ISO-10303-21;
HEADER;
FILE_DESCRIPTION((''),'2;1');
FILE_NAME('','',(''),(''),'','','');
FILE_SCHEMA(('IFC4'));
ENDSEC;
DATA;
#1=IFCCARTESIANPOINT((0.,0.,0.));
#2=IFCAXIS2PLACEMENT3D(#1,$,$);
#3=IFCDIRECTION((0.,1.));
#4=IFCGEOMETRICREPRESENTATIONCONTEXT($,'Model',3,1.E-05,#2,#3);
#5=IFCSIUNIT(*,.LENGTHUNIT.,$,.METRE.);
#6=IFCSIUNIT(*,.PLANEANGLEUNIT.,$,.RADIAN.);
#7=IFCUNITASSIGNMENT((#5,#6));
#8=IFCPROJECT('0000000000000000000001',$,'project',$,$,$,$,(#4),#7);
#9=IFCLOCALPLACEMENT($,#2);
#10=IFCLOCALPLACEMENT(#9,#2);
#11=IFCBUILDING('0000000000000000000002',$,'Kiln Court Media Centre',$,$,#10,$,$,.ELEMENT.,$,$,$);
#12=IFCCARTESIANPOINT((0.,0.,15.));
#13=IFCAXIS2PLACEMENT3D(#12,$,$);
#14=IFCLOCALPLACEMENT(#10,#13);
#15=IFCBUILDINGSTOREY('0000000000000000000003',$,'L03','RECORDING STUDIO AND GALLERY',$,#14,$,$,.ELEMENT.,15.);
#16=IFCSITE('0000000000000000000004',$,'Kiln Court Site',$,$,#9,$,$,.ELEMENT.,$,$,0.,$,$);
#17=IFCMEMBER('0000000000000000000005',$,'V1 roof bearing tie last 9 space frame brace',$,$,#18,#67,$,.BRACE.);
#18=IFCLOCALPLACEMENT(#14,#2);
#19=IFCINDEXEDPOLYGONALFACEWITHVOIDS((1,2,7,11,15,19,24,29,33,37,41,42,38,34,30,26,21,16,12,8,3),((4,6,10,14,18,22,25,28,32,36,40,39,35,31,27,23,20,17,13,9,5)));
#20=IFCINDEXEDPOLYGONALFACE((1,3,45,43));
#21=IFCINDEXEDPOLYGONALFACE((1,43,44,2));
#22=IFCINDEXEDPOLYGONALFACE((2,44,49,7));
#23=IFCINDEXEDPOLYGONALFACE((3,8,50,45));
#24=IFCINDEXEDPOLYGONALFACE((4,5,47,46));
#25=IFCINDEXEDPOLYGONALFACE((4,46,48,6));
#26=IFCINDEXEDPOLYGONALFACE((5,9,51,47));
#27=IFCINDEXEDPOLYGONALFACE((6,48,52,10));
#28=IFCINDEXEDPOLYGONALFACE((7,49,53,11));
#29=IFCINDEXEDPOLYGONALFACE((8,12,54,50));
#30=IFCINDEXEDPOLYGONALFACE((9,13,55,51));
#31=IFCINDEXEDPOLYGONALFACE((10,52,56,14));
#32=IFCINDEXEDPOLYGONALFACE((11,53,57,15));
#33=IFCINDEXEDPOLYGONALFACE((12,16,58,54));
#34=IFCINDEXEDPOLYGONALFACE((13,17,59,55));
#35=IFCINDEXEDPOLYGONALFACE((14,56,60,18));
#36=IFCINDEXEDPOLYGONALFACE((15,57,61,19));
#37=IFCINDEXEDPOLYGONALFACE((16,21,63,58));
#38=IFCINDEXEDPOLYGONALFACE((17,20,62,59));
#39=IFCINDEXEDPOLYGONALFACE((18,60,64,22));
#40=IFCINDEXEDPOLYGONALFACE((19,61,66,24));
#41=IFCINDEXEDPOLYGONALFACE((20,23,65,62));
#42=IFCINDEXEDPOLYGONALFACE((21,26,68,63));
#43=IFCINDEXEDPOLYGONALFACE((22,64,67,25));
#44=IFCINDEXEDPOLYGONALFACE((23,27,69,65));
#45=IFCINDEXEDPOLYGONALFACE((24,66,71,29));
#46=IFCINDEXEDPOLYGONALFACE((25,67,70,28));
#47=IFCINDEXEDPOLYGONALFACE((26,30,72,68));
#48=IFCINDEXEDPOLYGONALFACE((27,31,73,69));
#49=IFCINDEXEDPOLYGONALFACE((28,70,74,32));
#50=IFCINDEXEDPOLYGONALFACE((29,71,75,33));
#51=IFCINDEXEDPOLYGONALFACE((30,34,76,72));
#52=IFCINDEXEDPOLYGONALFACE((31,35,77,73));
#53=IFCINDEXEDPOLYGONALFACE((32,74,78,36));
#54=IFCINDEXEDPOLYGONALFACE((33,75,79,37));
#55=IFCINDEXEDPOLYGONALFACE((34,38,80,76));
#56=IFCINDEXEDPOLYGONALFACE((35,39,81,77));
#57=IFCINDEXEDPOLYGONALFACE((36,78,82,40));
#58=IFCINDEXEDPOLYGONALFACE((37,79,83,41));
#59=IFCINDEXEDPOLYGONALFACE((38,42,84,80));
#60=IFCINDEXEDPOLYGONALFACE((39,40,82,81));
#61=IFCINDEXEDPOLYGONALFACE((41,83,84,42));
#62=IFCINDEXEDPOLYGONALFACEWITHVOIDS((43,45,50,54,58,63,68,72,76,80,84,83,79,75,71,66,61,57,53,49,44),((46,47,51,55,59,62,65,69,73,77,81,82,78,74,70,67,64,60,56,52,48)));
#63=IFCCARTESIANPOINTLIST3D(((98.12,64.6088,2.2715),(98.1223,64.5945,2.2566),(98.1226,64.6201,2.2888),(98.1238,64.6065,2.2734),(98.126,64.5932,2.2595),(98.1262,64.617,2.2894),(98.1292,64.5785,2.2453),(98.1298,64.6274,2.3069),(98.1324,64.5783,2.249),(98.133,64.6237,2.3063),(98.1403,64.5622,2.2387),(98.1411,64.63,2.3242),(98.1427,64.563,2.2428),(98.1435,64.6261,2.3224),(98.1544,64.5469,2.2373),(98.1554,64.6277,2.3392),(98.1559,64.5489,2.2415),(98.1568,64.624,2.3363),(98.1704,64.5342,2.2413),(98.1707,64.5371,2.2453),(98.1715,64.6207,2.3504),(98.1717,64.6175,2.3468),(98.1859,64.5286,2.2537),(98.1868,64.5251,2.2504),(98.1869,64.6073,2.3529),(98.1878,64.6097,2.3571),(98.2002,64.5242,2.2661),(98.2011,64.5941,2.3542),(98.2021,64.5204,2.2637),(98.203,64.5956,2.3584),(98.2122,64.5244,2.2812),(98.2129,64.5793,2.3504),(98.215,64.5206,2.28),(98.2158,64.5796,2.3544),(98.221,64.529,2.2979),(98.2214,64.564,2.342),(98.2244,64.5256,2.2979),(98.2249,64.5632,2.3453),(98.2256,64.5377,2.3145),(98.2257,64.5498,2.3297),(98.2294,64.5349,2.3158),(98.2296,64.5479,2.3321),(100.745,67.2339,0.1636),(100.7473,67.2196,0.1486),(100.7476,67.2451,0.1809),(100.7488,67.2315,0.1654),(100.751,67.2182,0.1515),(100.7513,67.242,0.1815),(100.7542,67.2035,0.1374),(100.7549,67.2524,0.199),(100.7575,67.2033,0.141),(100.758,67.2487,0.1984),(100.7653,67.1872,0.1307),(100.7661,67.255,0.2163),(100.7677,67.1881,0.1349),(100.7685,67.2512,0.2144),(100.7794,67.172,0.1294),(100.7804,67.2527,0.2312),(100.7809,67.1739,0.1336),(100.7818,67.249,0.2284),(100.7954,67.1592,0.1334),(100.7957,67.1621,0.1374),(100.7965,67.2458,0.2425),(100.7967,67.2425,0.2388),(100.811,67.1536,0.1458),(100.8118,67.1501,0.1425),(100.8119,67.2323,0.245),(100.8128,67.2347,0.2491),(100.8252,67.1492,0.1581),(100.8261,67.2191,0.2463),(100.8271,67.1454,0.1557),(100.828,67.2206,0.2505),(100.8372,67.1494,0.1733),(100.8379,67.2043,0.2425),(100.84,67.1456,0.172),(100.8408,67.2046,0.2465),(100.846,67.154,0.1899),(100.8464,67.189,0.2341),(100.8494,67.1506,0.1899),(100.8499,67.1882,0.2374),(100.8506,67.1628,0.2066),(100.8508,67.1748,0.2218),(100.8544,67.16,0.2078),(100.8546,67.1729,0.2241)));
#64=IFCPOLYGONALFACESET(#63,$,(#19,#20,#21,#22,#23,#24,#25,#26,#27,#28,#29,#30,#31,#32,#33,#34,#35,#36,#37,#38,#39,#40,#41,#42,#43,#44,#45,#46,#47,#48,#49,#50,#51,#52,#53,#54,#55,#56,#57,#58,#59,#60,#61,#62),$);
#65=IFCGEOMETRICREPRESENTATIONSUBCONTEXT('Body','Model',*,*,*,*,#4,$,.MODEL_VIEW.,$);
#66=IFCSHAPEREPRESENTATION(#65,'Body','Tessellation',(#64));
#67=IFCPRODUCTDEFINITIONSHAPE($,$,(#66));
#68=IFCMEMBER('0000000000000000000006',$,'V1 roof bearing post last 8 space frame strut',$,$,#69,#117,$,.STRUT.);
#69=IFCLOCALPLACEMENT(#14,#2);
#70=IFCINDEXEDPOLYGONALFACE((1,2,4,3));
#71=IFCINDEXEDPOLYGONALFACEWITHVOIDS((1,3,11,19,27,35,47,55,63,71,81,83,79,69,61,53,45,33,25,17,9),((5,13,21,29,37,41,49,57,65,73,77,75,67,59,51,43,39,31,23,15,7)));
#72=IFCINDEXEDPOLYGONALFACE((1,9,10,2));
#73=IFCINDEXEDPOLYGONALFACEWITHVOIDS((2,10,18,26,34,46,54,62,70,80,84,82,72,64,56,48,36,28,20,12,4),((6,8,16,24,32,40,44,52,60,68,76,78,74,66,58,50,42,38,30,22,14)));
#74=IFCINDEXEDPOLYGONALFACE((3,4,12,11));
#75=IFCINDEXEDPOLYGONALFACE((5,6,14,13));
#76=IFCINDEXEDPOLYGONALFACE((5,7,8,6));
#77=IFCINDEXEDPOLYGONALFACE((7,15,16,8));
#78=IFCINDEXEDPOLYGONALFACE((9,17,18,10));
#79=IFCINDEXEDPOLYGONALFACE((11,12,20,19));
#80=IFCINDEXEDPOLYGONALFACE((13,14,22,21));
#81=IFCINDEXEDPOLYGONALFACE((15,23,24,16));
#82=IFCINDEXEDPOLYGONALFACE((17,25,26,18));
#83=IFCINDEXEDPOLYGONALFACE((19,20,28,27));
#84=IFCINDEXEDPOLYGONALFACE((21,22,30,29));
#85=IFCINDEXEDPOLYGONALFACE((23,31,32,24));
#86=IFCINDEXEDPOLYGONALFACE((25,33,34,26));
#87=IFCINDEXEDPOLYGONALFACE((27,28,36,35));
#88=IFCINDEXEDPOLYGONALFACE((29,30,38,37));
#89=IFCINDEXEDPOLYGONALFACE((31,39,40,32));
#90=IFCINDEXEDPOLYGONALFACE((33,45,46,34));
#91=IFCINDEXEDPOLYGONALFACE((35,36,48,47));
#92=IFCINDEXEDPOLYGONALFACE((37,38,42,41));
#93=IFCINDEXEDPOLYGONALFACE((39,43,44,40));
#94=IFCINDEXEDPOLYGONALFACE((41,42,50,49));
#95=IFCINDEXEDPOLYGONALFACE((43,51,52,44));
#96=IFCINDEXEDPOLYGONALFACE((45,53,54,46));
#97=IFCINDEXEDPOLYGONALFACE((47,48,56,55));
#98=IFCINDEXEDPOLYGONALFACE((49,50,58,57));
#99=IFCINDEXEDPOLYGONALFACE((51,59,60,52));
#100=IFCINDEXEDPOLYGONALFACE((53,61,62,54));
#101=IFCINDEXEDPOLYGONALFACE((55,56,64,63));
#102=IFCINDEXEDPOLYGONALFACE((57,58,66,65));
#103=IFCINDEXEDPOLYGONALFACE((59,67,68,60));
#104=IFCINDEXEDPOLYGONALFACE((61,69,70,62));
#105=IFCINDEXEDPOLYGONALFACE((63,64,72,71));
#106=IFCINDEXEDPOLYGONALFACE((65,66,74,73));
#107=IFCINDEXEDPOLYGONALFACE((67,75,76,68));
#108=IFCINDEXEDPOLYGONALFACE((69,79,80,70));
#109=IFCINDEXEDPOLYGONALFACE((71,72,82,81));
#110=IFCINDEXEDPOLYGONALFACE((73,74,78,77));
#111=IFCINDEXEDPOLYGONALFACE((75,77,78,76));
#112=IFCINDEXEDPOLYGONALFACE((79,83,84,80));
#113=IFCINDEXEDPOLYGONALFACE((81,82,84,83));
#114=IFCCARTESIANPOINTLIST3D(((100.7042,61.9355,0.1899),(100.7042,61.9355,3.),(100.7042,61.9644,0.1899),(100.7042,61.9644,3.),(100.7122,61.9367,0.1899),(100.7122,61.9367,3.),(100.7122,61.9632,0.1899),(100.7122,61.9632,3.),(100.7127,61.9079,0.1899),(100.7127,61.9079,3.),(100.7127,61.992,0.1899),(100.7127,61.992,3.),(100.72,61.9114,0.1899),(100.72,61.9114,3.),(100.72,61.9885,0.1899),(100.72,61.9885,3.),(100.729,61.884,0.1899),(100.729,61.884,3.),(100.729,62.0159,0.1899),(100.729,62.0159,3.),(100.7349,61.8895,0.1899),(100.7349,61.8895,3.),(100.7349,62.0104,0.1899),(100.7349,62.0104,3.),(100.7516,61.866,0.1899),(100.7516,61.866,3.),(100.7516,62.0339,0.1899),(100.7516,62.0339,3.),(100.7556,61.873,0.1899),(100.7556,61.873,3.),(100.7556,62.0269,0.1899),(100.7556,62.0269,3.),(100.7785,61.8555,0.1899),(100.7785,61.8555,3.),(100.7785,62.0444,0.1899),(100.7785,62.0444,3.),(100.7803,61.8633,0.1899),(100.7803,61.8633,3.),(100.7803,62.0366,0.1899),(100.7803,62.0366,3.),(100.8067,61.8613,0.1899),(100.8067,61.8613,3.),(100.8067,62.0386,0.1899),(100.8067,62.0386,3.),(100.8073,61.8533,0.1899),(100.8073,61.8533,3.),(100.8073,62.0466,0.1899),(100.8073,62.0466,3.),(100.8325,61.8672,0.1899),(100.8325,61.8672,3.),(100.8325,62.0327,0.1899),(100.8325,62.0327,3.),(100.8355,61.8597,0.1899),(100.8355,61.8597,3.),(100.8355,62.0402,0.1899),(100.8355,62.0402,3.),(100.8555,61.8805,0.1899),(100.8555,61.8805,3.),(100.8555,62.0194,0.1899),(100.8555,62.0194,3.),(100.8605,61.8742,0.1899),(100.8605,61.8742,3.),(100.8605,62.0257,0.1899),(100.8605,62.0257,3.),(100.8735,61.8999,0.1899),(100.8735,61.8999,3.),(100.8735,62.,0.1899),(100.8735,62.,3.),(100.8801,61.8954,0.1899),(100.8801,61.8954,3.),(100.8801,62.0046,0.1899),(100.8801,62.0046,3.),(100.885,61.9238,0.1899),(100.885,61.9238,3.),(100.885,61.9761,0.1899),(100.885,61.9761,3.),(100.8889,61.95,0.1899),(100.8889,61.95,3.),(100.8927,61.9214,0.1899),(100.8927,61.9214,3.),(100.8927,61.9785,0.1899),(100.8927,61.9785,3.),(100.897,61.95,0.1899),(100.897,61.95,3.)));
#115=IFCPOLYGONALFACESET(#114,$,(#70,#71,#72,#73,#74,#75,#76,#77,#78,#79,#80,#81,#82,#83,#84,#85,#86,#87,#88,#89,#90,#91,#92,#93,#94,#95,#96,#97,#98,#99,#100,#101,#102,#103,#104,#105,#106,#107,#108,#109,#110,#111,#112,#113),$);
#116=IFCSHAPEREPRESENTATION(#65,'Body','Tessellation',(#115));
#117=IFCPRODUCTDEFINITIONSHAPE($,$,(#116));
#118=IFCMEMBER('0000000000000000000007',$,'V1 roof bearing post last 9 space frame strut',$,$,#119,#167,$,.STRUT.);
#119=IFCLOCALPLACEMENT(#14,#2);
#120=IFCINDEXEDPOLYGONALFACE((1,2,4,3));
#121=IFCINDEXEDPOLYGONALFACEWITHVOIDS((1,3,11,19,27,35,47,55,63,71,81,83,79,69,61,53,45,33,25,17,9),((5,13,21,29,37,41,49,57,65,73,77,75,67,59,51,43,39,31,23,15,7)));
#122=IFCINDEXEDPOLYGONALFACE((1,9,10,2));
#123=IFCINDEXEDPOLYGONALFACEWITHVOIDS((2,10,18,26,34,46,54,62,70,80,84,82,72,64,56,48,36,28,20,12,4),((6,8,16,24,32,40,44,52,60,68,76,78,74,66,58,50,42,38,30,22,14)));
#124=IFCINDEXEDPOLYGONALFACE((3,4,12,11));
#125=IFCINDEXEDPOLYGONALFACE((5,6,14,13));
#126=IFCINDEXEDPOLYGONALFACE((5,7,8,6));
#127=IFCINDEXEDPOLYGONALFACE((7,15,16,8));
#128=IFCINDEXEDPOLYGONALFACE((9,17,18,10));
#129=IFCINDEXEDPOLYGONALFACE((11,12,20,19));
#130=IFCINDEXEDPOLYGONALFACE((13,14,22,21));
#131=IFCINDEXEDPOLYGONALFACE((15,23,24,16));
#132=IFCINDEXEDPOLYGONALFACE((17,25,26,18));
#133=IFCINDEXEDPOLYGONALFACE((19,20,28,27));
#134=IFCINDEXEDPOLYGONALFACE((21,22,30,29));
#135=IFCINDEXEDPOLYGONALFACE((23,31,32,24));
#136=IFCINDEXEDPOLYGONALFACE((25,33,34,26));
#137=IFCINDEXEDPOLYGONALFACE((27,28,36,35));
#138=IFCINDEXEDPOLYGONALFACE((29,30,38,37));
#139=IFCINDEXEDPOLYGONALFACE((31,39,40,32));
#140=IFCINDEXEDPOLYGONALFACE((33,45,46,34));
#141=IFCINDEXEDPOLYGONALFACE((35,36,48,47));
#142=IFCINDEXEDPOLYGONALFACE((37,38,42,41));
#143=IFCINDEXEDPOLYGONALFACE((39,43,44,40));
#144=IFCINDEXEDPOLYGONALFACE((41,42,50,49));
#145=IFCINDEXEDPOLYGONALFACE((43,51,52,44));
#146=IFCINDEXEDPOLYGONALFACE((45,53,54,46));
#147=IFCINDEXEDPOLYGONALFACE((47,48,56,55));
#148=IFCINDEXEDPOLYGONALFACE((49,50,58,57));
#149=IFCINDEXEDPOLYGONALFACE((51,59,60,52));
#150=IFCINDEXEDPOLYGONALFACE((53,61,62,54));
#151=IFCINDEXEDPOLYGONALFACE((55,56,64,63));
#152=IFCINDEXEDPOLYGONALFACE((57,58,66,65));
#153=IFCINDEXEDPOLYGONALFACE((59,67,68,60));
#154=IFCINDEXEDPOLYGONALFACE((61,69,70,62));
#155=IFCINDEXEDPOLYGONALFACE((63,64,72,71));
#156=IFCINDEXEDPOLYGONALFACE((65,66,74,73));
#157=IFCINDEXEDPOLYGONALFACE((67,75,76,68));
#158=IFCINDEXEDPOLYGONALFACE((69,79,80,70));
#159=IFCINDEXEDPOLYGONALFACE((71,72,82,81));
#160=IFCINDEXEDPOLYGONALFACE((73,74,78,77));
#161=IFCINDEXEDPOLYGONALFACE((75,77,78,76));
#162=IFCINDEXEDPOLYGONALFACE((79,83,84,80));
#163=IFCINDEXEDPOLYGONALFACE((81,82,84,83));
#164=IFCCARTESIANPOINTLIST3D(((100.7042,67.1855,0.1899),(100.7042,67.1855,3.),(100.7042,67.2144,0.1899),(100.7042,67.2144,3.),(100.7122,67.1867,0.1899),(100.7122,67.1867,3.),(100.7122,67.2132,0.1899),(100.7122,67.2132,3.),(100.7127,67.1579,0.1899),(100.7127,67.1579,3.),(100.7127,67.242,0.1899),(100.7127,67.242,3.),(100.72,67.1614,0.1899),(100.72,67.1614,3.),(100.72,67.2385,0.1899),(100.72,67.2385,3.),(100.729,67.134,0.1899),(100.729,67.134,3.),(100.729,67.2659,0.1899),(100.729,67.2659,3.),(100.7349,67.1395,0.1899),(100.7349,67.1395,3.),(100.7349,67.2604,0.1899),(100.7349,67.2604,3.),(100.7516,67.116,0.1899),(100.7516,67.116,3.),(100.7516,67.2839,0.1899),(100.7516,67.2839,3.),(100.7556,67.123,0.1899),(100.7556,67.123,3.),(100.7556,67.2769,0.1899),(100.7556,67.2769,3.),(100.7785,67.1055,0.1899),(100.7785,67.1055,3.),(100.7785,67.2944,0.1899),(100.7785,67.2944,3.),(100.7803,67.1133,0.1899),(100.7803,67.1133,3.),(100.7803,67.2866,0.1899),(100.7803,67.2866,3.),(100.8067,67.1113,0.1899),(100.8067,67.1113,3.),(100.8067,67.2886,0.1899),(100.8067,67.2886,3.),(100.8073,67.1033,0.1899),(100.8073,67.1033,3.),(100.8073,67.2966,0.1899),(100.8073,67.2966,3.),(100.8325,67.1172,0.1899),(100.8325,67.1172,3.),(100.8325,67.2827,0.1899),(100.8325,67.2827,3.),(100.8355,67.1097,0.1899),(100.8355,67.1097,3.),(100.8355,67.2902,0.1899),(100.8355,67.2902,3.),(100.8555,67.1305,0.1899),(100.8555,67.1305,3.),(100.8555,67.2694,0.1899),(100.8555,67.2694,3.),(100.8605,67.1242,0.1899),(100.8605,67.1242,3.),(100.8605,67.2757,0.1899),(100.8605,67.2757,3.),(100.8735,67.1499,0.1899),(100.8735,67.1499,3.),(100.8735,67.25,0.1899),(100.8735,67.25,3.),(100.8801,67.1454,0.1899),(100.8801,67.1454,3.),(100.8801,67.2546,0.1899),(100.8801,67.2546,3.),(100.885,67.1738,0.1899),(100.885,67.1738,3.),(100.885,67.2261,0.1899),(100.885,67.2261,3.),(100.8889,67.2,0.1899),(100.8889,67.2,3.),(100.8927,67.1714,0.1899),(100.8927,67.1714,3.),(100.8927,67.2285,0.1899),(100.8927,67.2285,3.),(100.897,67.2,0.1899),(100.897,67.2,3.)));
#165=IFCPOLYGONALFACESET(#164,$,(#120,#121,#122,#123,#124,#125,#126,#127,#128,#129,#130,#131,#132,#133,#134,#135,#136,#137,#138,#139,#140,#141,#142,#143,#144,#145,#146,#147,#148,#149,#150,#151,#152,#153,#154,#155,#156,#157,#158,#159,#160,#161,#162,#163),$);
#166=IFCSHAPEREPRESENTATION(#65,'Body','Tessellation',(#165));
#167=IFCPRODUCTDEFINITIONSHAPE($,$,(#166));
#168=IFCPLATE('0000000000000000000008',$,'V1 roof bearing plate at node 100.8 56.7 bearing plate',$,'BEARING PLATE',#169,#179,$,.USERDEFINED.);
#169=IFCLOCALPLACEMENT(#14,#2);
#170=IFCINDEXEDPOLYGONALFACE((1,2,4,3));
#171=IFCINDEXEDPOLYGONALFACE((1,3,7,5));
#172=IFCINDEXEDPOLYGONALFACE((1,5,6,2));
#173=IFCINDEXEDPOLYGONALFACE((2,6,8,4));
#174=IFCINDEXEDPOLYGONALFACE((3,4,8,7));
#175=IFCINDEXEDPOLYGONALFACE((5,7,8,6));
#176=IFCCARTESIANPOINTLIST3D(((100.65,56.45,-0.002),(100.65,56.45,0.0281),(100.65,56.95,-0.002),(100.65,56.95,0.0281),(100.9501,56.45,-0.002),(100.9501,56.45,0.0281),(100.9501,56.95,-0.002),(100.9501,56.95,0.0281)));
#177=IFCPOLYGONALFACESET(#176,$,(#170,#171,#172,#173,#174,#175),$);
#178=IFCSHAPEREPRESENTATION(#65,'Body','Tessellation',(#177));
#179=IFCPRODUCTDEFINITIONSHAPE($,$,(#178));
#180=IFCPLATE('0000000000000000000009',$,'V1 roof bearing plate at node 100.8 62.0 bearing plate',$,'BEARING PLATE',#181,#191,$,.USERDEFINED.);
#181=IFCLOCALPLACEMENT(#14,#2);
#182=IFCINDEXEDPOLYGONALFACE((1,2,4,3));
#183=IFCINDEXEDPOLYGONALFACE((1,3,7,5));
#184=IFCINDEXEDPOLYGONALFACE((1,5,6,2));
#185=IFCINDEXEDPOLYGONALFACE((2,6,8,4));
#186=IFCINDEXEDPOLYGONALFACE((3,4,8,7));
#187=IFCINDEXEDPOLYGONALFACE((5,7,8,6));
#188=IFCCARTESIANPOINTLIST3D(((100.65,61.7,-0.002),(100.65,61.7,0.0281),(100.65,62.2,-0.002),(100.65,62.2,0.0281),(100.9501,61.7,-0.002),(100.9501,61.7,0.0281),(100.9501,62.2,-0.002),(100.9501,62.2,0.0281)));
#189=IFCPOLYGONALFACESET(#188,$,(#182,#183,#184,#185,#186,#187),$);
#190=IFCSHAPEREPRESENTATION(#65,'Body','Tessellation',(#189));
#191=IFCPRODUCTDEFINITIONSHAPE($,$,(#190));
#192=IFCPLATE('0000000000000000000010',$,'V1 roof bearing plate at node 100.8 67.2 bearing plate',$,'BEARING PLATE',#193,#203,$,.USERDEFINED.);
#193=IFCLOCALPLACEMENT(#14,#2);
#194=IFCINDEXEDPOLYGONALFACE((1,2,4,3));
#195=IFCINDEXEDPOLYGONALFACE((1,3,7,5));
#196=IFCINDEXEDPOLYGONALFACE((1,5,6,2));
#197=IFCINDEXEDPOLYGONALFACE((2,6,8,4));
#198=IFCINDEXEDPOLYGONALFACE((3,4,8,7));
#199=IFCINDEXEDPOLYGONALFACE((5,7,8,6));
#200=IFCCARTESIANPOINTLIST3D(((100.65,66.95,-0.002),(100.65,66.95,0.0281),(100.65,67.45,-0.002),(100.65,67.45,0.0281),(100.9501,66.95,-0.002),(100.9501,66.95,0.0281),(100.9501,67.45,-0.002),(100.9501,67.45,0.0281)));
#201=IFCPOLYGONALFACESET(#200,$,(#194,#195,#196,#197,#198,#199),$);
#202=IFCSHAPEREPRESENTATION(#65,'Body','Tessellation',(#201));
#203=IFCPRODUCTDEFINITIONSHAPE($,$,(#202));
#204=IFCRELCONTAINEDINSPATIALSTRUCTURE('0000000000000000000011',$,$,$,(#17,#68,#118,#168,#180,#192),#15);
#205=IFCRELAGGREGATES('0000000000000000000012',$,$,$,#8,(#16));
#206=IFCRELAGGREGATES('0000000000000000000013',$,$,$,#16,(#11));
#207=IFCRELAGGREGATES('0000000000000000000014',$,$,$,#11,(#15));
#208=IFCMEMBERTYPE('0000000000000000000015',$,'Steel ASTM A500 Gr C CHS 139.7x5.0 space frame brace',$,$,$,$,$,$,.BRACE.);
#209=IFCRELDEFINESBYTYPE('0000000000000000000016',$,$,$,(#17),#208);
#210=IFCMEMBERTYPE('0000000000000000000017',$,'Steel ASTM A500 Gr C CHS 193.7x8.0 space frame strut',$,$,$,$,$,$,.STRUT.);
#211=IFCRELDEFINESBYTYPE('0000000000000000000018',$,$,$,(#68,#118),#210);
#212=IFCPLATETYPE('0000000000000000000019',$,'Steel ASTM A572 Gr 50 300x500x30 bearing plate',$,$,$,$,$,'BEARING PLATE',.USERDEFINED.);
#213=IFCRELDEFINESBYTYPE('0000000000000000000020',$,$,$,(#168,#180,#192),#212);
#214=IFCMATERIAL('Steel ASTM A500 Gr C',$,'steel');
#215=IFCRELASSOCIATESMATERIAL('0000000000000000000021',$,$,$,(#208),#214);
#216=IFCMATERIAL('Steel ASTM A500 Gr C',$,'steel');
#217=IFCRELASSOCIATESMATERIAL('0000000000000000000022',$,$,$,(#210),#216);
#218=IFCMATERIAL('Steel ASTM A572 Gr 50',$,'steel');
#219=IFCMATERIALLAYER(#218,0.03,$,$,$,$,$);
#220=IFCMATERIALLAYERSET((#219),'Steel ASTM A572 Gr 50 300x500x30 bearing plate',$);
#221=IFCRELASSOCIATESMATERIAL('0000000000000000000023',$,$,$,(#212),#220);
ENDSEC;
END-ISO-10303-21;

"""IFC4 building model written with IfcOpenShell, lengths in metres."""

from ifc_helpers import new_model, si_unit, direction, frame, origin, origin_2d, place, context, subcontext, project, spatial, rectangle, hollow_circle, extrude, material, layer, layer_set, material_profile, profile_set, type_object, element, save


model = new_model("IFC4")

# Units and contexts
model_context = context("Model", 3, precision=1e-05, world=origin(), true_north=direction((0.0, 1.0)))
body_context = subcontext(model_context, "Body", "Model", "MODEL_VIEW")
ifc_project = project(units=[si_unit("LENGTHUNIT", "METRE"), si_unit("PLANEANGLEUNIT", "RADIAN")], contexts=[model_context])

# Site, building, storey
site_placement = place(None, origin())
site = spatial("IfcSite", under=ifc_project, at=site_placement, Name="Kiln Court Site", CompositionType="ELEMENT", RefElevation=0.0)
building_placement = place(site_placement, origin())
building = spatial("IfcBuilding", under=site, at=building_placement, Name="Kiln Court Media Centre", CompositionType="ELEMENT")
storey_placement = place(building_placement, frame((0.0, 0.0, 15.0)))
storey = spatial("IfcBuildingStorey", under=building, at=storey_placement, Name="L03", Description="RECORDING STUDIO AND GALLERY", CompositionType="ELEMENT", Elevation=15.0)

# Members
ifc_material_1 = material(Name="Steel ASTM A500 Gr C", Category="steel")
ifc_material_profile_1 = material_profile(ifc_material_1, hollow_circle(Radius=0.0698, WallThickness=0.0049, at=origin_2d()), Name="CHS 139.7x5.0")
ifc_profile_set_1 = profile_set([ifc_material_profile_1], Name="Steel ASTM A500 Gr C")
member_type_1 = type_object("IfcMemberType", Name="Steel ASTM A500 Gr C CHS 139.7x5.0 space frame brace", PredefinedType="BRACE", material=ifc_profile_set_1)
for number, where, z_axis, x_axis, name in (
    (1, (100.8, 67.2, 0.1899), (-0.614895, -0.614895, 0.493769), (0.707107, -0.707107, 0.0), "V1 roof bearing tie last 9 space frame brace"),
):
    element("IfcMember", number, at=place(storey_placement, frame(where, z_axis=z_axis, x_axis=x_axis)), inside=storey, type_object=member_type_1, Name=name, PredefinedType="BRACE", context=body_context, shape_type="SweptSolid", body=[
        extrude(hollow_circle(Radius=0.0698, WallThickness=0.0049, at=origin_2d()), origin(), (0.0, 0.0, 1.0), 4.269),
    ])
ifc_material_2 = material(Name="Steel ASTM A500 Gr C", Category="steel")
ifc_material_profile_2 = material_profile(ifc_material_2, hollow_circle(Radius=0.0969, WallThickness=0.0081, at=origin_2d()), Name="CHS 193.7x8.0")
ifc_profile_set_2 = profile_set([ifc_material_profile_2], Name="Steel ASTM A500 Gr C")
member_type_2 = type_object("IfcMemberType", Name="Steel ASTM A500 Gr C CHS 193.7x8.0 space frame strut", PredefinedType="STRUT", material=ifc_profile_set_2)
for number, where, z_axis, x_axis, name in (
    (2, (100.8, 61.95, 0.1899), (0.0, 0.0, 1.0), (1.0, 0.0, 0.0), "V1 roof bearing post last 8 space frame strut"),
    (3, (100.8, 67.2, 0.1899), (0.0, 0.0, 1.0), (1.0, 0.0, 0.0), "V1 roof bearing post last 9 space frame strut"),
):
    element("IfcMember", number, at=place(storey_placement, frame(where, z_axis=z_axis, x_axis=x_axis)), inside=storey, type_object=member_type_2, Name=name, PredefinedType="STRUT", context=body_context, shape_type="SweptSolid", body=[
        extrude(hollow_circle(Radius=0.0969, WallThickness=0.0081, at=origin_2d()), origin(), (0.0, 0.0, 1.0), 2.8101),
    ])

# Plates
ifc_material_3 = material(Name="Steel ASTM A572 Gr 50", Category="steel")
ifc_layer_1 = layer(ifc_material_3, 0.03)
ifc_layer_set_1 = layer_set([ifc_layer_1], Name="Steel ASTM A572 Gr 50 300x500x30 bearing plate")
plate_type_1 = type_object("IfcPlateType", Name="Steel ASTM A572 Gr 50 300x500x30 bearing plate", ElementType="BEARING PLATE", PredefinedType="USERDEFINED", material=ifc_layer_set_1)
for number, where, z_axis, x_axis, name in (
    (4, (100.8, 56.7, -0.002), (0.0, 0.0, 1.0), (1.0, 0.0, 0.0), "V1 roof bearing plate at node 100.8 56.7 bearing plate"),
    (5, (100.8, 61.95, -0.002), (0.0, 0.0, 1.0), (1.0, 0.0, 0.0), "V1 roof bearing plate at node 100.8 62.0 bearing plate"),
    (6, (100.8, 67.2, -0.002), (0.0, 0.0, 1.0), (1.0, 0.0, 0.0), "V1 roof bearing plate at node 100.8 67.2 bearing plate"),
):
    element("IfcPlate", number, at=place(storey_placement, frame(where, z_axis=z_axis, x_axis=x_axis)), inside=storey, type_object=plate_type_1, Name=name, ObjectType="BEARING PLATE", PredefinedType="USERDEFINED", context=body_context, shape_type="SweptSolid", body=[
        extrude(rectangle(XDim=0.3, YDim=0.5, at=origin_2d()), origin(), (0.0, 0.0, 1.0), 0.03),
    ])

save(model, "model.ifc")
